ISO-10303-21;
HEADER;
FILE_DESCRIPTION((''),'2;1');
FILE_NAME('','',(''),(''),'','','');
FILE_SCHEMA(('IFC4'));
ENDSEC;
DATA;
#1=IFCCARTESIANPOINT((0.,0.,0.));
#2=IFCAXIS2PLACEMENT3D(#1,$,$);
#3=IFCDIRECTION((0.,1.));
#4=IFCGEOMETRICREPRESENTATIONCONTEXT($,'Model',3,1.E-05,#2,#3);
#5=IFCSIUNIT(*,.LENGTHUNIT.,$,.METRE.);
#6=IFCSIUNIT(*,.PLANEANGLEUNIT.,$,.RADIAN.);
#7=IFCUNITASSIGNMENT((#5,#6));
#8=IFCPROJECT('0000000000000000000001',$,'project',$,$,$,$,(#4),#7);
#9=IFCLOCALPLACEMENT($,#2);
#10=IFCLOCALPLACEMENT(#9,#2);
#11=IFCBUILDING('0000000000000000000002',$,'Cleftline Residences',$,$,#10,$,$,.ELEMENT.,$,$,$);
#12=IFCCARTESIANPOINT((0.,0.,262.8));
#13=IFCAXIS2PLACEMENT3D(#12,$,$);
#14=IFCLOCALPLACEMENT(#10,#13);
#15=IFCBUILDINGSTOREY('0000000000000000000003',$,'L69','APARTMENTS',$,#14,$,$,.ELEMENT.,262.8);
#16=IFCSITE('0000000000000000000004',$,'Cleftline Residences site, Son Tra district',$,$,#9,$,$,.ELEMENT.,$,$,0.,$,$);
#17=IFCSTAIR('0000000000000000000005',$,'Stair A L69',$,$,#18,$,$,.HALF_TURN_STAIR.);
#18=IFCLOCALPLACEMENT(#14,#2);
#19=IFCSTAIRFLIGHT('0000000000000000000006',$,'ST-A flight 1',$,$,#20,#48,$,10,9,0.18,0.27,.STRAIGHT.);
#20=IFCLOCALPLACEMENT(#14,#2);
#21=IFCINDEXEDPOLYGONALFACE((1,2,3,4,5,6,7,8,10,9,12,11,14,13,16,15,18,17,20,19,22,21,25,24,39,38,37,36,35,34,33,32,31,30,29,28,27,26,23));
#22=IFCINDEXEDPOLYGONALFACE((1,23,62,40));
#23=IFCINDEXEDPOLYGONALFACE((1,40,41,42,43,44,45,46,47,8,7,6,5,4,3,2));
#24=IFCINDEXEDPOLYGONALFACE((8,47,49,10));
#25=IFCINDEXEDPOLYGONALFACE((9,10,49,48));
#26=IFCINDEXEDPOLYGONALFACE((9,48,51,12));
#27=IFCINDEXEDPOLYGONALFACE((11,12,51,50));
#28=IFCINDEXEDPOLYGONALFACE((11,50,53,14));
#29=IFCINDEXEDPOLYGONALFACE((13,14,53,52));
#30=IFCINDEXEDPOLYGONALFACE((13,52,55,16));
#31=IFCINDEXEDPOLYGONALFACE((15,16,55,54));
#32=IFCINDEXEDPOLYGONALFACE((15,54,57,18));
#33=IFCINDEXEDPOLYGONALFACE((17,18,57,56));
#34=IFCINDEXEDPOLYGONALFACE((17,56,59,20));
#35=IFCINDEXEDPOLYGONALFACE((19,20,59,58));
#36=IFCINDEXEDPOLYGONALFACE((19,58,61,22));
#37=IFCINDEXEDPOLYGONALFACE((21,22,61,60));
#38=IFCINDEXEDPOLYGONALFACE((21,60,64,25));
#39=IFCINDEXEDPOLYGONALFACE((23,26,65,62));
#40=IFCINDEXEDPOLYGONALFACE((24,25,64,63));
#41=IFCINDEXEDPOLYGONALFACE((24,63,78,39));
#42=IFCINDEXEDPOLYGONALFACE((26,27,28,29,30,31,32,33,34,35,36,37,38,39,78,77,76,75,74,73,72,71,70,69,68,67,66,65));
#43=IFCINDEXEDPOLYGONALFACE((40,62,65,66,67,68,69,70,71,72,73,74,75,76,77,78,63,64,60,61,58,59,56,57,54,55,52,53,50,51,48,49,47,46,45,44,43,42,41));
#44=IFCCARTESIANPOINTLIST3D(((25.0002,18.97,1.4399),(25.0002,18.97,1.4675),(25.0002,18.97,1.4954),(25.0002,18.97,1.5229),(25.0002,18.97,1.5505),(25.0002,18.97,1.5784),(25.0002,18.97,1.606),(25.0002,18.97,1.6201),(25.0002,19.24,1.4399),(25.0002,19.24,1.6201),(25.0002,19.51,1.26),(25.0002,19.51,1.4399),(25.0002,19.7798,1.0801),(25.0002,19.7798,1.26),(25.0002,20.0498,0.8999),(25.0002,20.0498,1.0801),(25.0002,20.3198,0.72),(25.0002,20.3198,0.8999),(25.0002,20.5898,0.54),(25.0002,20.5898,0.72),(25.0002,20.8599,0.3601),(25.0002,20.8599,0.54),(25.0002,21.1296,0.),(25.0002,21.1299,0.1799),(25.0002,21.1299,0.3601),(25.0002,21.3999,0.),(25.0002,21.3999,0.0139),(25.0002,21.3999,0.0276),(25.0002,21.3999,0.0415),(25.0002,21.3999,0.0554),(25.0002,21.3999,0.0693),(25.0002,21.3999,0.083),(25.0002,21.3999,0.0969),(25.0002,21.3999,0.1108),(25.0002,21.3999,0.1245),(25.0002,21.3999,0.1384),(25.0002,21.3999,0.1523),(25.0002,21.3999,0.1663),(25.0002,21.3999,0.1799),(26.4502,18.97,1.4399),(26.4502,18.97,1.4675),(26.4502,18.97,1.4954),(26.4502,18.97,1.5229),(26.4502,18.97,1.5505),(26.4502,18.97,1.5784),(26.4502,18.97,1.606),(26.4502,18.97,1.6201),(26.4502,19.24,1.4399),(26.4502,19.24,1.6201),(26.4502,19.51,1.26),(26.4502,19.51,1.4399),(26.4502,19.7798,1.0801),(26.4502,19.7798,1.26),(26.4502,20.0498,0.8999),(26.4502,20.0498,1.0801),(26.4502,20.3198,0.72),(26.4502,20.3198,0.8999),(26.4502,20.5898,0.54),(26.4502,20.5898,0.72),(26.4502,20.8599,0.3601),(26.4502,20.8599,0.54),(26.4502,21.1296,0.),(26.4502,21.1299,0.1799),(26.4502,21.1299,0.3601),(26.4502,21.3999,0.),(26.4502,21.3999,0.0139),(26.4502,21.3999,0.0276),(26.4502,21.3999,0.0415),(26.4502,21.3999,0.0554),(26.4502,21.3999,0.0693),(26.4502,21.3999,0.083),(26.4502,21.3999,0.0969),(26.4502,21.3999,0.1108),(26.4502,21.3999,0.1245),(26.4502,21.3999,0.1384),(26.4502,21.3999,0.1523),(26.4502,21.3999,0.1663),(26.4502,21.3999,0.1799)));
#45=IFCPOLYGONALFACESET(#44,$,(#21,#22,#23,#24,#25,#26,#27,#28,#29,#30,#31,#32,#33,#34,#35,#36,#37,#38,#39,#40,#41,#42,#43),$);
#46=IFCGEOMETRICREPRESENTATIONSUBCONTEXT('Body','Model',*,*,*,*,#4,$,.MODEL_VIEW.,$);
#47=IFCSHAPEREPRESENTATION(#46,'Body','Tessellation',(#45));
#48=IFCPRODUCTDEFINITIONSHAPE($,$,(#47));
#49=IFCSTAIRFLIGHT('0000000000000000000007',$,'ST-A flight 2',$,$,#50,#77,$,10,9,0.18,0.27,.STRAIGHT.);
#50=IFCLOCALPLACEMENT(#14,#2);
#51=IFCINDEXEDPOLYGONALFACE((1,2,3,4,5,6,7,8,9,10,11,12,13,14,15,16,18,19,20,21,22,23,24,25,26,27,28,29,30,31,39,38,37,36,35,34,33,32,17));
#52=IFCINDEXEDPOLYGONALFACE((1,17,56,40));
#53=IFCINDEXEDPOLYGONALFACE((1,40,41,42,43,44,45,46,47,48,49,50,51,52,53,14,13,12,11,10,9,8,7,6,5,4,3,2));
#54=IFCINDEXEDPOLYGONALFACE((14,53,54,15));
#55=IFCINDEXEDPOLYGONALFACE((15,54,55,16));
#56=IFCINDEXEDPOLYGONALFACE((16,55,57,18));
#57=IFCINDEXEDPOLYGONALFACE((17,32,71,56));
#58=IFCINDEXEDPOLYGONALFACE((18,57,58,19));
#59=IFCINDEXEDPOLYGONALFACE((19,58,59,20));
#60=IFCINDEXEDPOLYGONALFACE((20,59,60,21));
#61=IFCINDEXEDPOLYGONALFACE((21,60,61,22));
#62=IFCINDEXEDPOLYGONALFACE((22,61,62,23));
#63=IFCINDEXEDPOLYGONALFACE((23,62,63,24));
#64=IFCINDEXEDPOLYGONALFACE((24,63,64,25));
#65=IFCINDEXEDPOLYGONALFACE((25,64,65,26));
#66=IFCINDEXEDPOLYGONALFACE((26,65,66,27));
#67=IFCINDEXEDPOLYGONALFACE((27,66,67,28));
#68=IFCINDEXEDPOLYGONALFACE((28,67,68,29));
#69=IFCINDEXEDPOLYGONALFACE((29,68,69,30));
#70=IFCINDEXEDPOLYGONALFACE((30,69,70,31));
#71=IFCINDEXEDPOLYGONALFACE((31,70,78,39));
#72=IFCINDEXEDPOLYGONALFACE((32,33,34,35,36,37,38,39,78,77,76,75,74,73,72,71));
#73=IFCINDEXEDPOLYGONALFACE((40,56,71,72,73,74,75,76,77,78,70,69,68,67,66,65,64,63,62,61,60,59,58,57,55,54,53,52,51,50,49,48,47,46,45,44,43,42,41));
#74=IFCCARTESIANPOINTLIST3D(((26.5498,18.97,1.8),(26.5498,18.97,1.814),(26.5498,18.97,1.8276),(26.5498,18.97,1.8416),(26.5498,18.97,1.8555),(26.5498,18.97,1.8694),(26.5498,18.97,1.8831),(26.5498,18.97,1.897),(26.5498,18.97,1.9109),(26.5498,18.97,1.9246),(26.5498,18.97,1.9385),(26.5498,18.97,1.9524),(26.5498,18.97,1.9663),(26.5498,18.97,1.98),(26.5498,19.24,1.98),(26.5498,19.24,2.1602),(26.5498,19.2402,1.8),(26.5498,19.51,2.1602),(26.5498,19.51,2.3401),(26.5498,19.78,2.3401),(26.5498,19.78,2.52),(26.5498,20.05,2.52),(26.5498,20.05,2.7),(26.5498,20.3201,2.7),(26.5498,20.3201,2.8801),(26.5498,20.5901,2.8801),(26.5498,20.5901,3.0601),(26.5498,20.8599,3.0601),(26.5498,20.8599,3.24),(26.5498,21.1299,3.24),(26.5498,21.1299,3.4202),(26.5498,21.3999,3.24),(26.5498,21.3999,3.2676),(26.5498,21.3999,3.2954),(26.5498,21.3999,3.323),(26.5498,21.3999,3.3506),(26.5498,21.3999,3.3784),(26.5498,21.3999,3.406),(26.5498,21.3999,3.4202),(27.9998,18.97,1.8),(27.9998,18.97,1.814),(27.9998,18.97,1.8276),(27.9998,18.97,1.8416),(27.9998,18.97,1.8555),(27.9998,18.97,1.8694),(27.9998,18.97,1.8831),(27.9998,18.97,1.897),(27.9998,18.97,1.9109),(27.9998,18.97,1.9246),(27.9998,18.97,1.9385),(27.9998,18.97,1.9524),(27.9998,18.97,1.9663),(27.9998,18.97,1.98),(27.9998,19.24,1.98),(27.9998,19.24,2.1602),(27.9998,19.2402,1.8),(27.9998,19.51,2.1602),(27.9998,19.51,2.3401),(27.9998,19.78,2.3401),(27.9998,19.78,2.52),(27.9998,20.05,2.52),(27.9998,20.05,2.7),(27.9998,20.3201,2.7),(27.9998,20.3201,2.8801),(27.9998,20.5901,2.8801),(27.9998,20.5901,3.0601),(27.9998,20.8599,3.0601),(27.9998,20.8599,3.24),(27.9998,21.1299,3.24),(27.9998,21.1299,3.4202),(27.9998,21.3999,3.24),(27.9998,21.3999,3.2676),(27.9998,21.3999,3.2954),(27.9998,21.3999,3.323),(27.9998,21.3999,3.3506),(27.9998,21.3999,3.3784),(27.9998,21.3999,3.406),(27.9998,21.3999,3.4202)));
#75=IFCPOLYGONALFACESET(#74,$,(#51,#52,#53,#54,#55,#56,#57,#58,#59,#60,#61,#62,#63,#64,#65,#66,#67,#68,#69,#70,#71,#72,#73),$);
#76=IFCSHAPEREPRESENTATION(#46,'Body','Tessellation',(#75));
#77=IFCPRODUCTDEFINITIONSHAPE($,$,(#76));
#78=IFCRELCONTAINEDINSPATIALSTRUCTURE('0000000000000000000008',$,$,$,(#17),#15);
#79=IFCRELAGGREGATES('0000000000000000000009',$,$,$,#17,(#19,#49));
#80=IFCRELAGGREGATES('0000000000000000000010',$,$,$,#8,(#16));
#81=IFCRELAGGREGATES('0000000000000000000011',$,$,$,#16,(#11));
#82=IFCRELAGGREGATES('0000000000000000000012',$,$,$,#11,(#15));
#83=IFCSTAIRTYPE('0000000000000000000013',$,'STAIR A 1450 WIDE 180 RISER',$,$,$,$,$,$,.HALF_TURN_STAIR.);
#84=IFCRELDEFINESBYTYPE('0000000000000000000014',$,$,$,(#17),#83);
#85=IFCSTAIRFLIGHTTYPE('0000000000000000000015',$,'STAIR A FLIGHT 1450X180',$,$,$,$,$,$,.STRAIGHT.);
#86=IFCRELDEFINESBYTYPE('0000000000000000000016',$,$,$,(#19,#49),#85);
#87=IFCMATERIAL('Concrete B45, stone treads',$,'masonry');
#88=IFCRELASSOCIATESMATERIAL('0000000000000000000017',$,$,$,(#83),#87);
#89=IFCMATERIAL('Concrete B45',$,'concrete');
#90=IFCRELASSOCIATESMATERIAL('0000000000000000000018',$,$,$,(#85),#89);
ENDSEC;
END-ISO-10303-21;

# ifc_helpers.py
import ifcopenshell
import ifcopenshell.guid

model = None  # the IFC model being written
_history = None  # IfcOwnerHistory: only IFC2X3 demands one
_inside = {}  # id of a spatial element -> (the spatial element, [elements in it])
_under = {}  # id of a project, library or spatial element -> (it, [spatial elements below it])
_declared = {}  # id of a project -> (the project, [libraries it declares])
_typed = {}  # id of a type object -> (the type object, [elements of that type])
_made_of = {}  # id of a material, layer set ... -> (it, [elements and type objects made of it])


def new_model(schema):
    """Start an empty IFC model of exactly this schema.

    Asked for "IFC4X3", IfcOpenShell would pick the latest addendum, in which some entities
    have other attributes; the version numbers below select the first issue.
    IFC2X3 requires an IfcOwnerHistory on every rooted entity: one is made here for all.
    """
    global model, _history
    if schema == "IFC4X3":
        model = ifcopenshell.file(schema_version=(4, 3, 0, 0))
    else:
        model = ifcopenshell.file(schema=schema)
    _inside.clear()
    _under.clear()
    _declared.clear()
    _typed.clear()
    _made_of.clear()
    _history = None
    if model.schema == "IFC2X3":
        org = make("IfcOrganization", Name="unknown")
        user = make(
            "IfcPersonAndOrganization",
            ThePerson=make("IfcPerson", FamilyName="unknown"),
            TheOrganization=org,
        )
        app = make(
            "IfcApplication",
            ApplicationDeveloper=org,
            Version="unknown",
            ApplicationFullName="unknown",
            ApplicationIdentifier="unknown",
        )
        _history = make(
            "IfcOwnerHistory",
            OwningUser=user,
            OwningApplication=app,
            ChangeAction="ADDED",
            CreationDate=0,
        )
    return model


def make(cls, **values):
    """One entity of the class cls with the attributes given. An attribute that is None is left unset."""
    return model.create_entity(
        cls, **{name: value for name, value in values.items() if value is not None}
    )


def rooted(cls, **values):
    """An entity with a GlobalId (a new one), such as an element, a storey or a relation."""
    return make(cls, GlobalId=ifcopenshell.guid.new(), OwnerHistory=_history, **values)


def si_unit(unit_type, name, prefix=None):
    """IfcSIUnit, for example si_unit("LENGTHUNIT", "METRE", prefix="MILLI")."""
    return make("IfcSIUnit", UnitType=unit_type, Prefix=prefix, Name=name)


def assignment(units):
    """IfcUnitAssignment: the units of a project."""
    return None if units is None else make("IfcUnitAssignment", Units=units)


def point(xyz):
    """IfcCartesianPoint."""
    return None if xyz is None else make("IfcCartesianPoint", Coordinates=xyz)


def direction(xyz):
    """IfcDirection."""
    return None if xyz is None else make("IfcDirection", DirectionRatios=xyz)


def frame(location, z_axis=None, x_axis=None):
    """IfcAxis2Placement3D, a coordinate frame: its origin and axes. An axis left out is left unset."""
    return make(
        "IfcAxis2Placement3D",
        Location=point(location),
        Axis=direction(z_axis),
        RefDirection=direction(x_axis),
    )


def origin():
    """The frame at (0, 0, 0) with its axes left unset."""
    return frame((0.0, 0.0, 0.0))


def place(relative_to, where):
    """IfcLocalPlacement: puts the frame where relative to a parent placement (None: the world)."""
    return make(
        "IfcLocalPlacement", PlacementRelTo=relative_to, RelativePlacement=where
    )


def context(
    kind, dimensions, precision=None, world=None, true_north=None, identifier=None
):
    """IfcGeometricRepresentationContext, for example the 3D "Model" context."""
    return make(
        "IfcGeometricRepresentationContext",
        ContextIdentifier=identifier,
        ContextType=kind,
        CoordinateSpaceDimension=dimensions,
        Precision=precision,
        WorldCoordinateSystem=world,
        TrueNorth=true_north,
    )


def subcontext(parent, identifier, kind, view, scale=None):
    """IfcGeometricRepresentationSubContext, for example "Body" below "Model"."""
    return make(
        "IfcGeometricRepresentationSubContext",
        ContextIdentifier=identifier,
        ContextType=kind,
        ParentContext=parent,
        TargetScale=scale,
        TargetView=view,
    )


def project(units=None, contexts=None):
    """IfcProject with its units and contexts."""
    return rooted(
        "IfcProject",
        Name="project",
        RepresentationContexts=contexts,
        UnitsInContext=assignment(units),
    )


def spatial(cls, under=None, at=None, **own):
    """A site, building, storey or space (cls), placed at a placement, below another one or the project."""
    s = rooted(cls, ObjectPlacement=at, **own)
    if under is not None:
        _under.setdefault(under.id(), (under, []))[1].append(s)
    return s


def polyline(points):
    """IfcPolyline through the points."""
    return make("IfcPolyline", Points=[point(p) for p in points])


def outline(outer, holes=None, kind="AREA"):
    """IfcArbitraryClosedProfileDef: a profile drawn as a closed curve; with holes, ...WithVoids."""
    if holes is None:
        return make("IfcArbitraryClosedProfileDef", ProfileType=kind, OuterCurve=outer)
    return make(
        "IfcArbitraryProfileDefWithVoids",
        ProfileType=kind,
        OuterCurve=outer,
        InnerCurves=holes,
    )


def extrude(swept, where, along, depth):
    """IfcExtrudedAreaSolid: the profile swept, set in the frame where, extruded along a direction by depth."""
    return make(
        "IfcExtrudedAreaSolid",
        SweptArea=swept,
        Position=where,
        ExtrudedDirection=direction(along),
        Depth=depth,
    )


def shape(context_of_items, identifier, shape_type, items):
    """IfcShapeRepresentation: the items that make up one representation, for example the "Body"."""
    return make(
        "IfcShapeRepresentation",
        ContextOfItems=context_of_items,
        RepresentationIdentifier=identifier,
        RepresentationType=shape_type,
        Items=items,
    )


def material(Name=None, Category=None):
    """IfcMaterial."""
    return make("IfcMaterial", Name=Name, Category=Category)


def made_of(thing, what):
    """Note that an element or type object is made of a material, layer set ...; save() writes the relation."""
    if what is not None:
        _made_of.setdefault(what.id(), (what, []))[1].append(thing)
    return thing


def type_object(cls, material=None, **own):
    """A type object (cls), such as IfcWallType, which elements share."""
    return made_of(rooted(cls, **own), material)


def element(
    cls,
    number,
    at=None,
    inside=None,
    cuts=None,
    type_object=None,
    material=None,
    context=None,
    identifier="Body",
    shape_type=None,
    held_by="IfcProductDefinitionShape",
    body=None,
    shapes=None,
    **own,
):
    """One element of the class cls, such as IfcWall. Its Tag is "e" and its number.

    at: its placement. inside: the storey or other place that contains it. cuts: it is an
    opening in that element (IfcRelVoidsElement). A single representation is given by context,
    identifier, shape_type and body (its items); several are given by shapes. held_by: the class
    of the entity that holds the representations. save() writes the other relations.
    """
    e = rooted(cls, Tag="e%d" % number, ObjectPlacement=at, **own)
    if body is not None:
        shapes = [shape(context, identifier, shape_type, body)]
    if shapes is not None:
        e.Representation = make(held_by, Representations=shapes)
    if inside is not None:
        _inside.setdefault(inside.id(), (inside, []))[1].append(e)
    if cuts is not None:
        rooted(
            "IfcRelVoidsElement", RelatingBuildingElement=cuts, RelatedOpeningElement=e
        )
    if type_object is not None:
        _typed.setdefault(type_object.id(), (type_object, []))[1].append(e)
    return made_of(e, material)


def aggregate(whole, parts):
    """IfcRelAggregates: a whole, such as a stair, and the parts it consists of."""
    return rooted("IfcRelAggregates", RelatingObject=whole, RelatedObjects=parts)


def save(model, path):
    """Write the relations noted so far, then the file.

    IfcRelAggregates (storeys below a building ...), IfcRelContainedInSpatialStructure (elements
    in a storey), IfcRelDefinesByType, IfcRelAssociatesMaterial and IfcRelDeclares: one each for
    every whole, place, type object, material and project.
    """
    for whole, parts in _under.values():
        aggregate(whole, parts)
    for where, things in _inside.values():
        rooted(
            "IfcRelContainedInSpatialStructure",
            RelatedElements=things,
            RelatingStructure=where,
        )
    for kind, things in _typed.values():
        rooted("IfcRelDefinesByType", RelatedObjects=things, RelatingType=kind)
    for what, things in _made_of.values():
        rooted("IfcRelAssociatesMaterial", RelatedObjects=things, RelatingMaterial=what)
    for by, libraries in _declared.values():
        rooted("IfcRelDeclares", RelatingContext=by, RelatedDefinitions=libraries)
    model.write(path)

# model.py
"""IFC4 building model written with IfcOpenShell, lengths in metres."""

from ifc_helpers import new_model, si_unit, direction, frame, origin, place, context, subcontext, project, spatial, polyline, outline, extrude, material, type_object, element, aggregate, save


model = new_model("IFC4")

# Units and contexts
model_context = context("Model", 3, precision=1e-05, world=origin(), true_north=direction((0.0, 1.0)))
body_context = subcontext(model_context, "Body", "Model", "MODEL_VIEW")
ifc_project = project(units=[si_unit("LENGTHUNIT", "METRE"), si_unit("PLANEANGLEUNIT", "RADIAN")], contexts=[model_context])

# Site, building, storey
site_placement = place(None, origin())
site = spatial("IfcSite", under=ifc_project, at=site_placement, Name="Cleftline Residences site, Son Tra district", CompositionType="ELEMENT", RefElevation=0.0)
building_placement = place(site_placement, origin())
building = spatial("IfcBuilding", under=site, at=building_placement, Name="Cleftline Residences", CompositionType="ELEMENT")
storey_placement = place(building_placement, frame((0.0, 0.0, 262.8)))
storey = spatial("IfcBuildingStorey", under=building, at=storey_placement, Name="L69", Description="APARTMENTS", CompositionType="ELEMENT", Elevation=262.8)

# Stair, stair flights
ifc_material_1 = material(Name="Concrete B45, stone treads", Category="masonry")
stair_type = type_object("IfcStairType", Name="STAIR A 1450 WIDE 180 RISER", PredefinedType="HALF_TURN_STAIR", material=ifc_material_1)
stair_placement = place(storey_placement, origin())
stair = element("IfcStair", 1, at=stair_placement, inside=storey, type_object=stair_type, Name="Stair A L69", PredefinedType="HALF_TURN_STAIR")
ifc_material_2 = material(Name="Concrete B45", Category="concrete")
stair_flight_type = type_object("IfcStairFlightType", Name="STAIR A FLIGHT 1450X180", PredefinedType="STRAIGHT", material=ifc_material_2)
stair_flight_1_placement = place(storey_placement, frame((25.7251, 21.3999, 0.0), z_axis=(0.0, 0.0, 1.0), x_axis=(0.0, -1.0, 0.0)))
stair_flight_1 = element("IfcStairFlight", 2, at=stair_flight_1_placement, type_object=stair_flight_type, Name="ST-A flight 1", NumberOfRisers=10, NumberOfTreads=9, PredefinedType="STRAIGHT", RiserHeight=0.18, TreadLength=0.27, context=body_context, shape_type="SweptSolid", body=[
    extrude(outline(polyline([(0.0, 0.0), (0.0, 0.0139), (0.0, 0.0276), (0.0, 0.0415), (0.0, 0.0554), (0.0, 0.0693), (0.0, 0.083), (0.0, 0.0969), (0.0, 0.1108), (0.0, 0.1245), (0.0, 0.1384), (0.0, 0.1523), (0.0, 0.1663), (0.0, 0.1799), (0.27, 0.1799), (0.27, 0.3601), (0.54, 0.3601), (0.54, 0.54), (0.8101, 0.54), (0.8101, 0.72), (1.0801, 0.72), (1.0801, 0.8999), (1.3501, 0.8999), (1.3501, 1.0801), (1.6201, 1.0801), (1.6201, 1.26), (1.8899, 1.26), (1.8899, 1.4399), (2.1599, 1.4399), (2.1599, 1.6201), (2.4299, 1.6201), (2.4299, 1.8), (2.4299, 1.7722), (2.4299, 1.7446), (2.4299, 1.7168), (2.4299, 1.6892), (2.4299, 1.6614), (2.4299, 1.6338), (2.4299, 1.606), (2.4299, 1.5784), (2.4299, 1.5505), (2.4299, 1.5229), (2.4299, 1.4954), (2.4299, 1.4675), (2.4299, 1.4399), (0.2703, 0.0), (0.0, 0.0)])), frame((0.0, 0.7251, 0.0), z_axis=(0.0, -1.0, 0.0), x_axis=(1.0, 0.0, 0.0)), (0.0, 0.0, 1.0), 1.45),
])
stair_flight_2_placement = place(storey_placement, frame((27.2749, 18.97, 1.8), z_axis=(0.0, 0.0, 1.0), x_axis=(0.0, 1.0, 0.0)))
stair_flight_2 = element("IfcStairFlight", 3, at=stair_flight_2_placement, type_object=stair_flight_type, Name="ST-A flight 2", NumberOfRisers=10, NumberOfTreads=9, PredefinedType="STRAIGHT", RiserHeight=0.18, TreadLength=0.27, context=body_context, shape_type="SweptSolid", body=[
    extrude(outline(polyline([(0.0, 0.0), (0.0, 0.0139), (0.0, 0.0276), (0.0, 0.0415), (0.0, 0.0554), (0.0, 0.0693), (0.0, 0.083), (0.0, 0.0969), (0.0, 0.1108), (0.0, 0.1245), (0.0, 0.1384), (0.0, 0.1523), (0.0, 0.1663), (0.0, 0.1799), (0.27, 0.1799), (0.27, 0.3601), (0.54, 0.3601), (0.54, 0.54), (0.8101, 0.54), (0.8101, 0.72), (1.0801, 0.72), (1.0801, 0.8999), (1.3501, 0.8999), (1.3501, 1.0801), (1.6201, 1.0801), (1.6201, 1.26), (1.8899, 1.26), (1.8899, 1.4399), (2.1599, 1.4399), (2.1599, 1.6201), (2.4299, 1.6201), (2.4299, 1.8), (2.4299, 1.7722), (2.4299, 1.7446), (2.4299, 1.7168), (2.4299, 1.6892), (2.4299, 1.6614), (2.4299, 1.6338), (2.4299, 1.606), (2.4299, 1.5784), (2.4299, 1.5505), (2.4299, 1.5229), (2.4299, 1.4954), (2.4299, 1.4675), (2.4299, 1.4399), (0.2703, 0.0), (0.0, 0.0)])), frame((0.0, 0.7251, 0.0), z_axis=(0.0, -1.0, 0.0), x_axis=(1.0, 0.0, 0.0)), (0.0, 0.0, 1.0), 1.45),
])
aggregate(stair, [stair_flight_1, stair_flight_2])

save(model, "model.ifc")
